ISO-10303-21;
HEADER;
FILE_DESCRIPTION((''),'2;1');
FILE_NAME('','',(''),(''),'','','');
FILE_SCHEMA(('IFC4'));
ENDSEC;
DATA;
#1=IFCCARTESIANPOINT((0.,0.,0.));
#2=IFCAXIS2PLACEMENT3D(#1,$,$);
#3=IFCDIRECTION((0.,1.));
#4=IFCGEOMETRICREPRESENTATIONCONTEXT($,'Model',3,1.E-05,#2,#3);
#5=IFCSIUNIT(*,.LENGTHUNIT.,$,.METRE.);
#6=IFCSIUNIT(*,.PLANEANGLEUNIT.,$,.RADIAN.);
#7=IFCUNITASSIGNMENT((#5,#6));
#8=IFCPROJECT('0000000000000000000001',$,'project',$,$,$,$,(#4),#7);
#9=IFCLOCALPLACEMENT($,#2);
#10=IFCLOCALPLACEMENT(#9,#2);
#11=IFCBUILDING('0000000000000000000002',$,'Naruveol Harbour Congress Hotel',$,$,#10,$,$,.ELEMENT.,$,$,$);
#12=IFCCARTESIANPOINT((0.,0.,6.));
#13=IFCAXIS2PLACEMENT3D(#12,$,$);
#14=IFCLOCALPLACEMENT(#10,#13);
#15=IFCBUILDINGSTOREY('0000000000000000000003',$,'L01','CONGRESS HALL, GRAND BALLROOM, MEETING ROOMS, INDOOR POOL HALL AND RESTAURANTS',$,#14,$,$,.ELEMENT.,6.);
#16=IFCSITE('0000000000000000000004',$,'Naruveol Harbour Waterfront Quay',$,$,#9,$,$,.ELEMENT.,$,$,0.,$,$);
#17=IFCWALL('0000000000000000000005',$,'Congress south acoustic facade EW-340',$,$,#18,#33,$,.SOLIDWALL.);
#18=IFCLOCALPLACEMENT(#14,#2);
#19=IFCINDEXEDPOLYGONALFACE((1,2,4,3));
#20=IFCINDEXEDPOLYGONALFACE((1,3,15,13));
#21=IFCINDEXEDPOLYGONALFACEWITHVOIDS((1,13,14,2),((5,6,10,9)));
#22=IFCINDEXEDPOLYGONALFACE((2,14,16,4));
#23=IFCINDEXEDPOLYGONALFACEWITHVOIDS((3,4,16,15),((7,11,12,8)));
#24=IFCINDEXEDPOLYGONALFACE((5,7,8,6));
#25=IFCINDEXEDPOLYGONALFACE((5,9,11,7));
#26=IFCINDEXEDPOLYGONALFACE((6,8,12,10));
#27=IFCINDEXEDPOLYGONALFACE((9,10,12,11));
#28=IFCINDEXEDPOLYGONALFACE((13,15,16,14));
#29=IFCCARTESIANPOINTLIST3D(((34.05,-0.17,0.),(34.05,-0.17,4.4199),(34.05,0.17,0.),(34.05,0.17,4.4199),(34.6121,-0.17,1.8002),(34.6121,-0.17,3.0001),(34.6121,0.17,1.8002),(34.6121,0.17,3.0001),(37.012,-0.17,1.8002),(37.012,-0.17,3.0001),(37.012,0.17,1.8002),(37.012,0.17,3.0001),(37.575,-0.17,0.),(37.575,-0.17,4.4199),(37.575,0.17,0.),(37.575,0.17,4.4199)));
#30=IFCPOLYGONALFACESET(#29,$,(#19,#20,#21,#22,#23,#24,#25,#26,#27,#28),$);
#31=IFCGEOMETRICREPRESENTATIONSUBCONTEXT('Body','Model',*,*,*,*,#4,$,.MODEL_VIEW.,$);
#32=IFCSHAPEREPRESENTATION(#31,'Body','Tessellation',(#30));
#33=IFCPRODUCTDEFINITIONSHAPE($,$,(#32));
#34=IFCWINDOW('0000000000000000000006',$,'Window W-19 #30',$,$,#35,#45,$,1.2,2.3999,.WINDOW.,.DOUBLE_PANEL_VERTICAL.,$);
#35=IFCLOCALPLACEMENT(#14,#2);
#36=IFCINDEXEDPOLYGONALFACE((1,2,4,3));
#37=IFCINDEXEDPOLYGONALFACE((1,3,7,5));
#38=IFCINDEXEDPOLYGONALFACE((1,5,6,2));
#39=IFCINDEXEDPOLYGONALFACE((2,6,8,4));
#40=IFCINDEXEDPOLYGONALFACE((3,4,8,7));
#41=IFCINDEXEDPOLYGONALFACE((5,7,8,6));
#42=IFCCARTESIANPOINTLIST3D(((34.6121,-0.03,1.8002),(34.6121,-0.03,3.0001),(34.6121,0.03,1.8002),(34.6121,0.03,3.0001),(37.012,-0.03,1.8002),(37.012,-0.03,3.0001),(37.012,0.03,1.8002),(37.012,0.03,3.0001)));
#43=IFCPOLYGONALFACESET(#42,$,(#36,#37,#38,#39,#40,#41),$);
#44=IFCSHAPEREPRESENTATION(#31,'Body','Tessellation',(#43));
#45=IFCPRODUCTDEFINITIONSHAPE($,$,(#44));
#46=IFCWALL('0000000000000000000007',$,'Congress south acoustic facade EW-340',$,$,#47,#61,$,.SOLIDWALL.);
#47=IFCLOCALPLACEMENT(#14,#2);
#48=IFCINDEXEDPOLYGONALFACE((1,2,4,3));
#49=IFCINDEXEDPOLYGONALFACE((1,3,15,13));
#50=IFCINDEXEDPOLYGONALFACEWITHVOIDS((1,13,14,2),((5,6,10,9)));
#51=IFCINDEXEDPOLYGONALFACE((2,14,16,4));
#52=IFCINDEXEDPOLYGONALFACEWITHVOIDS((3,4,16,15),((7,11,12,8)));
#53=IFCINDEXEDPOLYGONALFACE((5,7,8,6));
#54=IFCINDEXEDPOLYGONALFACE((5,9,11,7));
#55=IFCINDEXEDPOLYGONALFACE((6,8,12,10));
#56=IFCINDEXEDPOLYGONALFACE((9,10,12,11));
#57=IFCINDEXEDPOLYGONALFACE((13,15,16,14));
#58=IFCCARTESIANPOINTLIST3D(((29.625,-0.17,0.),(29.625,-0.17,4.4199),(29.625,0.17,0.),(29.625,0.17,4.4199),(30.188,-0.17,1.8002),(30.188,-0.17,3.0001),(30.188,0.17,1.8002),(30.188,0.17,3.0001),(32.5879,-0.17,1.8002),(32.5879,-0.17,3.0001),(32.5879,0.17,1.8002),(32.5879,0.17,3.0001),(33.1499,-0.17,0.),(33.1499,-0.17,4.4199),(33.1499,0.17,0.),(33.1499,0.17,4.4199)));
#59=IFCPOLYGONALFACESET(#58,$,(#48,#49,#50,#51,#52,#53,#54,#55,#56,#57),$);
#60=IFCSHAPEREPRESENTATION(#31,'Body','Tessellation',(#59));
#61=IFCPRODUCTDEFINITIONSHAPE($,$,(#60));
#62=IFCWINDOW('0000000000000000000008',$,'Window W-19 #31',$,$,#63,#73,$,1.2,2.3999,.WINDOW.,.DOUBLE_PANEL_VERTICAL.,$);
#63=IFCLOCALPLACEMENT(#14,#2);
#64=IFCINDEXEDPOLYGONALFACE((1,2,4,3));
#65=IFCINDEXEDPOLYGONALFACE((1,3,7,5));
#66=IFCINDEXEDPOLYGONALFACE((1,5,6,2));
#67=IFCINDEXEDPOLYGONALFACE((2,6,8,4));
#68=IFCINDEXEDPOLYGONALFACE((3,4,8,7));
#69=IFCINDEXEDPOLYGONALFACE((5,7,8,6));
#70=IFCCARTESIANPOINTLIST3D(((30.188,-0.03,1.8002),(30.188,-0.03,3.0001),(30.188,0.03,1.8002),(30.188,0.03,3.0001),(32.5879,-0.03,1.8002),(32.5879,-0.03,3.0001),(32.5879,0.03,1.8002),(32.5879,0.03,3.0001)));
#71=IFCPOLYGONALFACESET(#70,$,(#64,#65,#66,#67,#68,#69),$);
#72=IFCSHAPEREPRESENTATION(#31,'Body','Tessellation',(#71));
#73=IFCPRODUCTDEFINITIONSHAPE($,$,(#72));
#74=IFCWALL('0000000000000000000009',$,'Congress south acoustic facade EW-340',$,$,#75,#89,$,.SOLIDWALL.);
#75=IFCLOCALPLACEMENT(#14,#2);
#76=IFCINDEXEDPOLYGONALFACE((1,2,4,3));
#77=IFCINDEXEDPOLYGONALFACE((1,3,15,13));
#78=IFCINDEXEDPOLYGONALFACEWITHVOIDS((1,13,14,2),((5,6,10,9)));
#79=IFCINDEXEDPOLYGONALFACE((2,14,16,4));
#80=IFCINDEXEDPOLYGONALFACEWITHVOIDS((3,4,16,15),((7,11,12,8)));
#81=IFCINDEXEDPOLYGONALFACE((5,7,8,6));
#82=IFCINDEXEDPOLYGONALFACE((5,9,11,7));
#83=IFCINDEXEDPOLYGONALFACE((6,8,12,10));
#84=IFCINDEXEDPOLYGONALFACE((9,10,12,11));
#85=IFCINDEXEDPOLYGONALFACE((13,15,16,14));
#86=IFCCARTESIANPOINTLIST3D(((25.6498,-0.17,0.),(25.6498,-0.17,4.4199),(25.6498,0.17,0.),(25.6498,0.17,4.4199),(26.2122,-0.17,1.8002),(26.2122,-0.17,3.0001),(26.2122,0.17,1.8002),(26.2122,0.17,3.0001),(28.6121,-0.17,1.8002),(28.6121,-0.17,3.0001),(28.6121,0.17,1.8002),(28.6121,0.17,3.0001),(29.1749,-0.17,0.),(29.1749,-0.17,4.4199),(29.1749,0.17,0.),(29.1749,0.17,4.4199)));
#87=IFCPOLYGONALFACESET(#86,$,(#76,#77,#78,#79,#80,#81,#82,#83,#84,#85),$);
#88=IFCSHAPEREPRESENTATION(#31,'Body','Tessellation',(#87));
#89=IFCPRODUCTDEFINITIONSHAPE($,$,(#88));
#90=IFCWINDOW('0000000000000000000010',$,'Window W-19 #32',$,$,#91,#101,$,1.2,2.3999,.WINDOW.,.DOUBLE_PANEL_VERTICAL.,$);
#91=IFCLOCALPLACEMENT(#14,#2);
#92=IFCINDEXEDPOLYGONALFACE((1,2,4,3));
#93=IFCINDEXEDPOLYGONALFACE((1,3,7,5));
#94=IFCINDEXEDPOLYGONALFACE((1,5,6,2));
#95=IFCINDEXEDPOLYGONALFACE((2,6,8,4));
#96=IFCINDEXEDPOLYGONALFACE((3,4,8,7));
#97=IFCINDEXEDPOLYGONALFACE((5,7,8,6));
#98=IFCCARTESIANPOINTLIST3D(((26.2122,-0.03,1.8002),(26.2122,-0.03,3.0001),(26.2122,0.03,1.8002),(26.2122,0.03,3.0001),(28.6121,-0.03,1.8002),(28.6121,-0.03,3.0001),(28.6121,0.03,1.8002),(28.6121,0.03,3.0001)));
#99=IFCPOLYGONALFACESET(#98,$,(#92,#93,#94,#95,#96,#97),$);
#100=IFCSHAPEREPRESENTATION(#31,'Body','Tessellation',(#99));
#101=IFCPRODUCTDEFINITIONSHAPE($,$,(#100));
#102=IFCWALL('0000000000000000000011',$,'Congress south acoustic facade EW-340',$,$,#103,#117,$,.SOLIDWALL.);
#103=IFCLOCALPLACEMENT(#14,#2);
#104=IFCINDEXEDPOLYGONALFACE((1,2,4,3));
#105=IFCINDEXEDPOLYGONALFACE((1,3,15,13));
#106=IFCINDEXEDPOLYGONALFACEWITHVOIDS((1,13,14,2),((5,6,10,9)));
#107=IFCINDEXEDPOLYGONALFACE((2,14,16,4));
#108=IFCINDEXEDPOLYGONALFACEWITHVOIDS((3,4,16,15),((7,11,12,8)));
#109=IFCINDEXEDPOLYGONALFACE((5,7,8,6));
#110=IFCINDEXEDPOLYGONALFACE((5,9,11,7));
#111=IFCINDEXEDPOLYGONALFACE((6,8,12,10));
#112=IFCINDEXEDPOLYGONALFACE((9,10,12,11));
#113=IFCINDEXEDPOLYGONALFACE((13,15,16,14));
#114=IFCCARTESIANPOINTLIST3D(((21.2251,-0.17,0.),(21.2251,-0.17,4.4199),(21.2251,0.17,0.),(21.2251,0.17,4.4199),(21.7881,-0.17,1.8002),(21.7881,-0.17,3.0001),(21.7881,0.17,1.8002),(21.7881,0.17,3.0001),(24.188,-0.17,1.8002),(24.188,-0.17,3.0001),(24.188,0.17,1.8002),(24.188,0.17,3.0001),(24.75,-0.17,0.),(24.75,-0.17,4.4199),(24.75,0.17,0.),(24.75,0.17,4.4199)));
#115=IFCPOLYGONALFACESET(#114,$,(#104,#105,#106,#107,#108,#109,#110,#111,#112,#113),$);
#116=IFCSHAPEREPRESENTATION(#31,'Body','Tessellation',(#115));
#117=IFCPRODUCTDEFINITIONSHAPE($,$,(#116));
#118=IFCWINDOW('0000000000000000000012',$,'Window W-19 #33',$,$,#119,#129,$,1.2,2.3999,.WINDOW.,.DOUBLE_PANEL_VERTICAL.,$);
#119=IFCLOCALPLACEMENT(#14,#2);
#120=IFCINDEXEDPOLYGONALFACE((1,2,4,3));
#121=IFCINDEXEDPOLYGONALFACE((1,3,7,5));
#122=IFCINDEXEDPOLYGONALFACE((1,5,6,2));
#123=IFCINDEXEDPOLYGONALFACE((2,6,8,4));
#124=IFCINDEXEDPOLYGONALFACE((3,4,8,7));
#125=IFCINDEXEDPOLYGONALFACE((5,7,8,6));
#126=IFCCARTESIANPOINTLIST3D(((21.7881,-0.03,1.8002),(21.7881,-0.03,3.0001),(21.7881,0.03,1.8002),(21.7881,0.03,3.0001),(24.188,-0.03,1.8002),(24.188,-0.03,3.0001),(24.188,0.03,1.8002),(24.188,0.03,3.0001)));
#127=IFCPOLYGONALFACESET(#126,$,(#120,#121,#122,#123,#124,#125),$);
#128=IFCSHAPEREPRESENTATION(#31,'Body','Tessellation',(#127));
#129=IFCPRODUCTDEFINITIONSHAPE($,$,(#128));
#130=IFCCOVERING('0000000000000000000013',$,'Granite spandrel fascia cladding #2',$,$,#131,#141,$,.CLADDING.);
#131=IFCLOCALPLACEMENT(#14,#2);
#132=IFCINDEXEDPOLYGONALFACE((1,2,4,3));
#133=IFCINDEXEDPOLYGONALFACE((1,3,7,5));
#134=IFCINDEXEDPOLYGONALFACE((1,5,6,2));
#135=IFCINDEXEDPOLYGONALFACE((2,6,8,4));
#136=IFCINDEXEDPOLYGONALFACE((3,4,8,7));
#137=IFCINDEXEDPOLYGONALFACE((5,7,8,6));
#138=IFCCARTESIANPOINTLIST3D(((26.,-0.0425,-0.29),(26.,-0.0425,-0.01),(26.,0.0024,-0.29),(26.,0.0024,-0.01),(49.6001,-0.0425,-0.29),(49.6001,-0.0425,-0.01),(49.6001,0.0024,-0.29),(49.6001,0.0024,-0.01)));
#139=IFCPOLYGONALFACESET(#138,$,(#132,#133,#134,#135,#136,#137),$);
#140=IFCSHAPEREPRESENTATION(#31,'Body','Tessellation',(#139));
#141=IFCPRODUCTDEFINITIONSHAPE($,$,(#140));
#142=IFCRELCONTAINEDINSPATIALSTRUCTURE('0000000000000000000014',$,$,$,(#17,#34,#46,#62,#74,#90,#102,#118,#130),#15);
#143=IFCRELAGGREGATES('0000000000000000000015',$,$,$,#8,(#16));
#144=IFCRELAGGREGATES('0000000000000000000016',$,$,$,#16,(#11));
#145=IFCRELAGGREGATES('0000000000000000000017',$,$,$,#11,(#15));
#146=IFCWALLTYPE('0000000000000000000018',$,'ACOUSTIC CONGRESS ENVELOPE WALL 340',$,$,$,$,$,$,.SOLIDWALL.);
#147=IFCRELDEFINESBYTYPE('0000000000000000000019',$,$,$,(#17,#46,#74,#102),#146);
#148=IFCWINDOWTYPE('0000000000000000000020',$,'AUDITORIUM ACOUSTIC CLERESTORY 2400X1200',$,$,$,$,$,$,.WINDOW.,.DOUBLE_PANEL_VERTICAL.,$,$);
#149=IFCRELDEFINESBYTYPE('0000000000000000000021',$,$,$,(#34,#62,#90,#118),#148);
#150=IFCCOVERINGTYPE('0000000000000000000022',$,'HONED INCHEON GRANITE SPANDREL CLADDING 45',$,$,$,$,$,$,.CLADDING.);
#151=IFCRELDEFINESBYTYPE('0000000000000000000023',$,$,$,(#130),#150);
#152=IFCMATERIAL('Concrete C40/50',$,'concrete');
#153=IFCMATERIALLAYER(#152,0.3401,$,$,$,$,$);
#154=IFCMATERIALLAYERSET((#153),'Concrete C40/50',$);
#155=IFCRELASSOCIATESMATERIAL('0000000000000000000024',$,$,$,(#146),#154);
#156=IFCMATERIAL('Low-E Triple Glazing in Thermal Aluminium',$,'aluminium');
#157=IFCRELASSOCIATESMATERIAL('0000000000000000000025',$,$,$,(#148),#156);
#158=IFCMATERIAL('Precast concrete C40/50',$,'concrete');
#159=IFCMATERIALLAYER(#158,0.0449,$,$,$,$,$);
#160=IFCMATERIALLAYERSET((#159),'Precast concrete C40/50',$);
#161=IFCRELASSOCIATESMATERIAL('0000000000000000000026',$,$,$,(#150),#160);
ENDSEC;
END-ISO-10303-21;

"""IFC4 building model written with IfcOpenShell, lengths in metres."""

from ifc_helpers import new_model, si_unit, direction, frame, frame_2d, origin, origin_2d, place, context, subcontext, project, spatial, rectangle, extrude, material, layer, layer_set, type_object, element, fill, save


model = new_model("IFC4")

# Units and contexts
model_context = context("Model", 3, precision=1e-05, world=origin(), true_north=direction((0.0, 1.0)))
body_context = subcontext(model_context, "Body", "Model", "MODEL_VIEW")
ifc_project = project(units=[si_unit("LENGTHUNIT", "METRE"), si_unit("PLANEANGLEUNIT", "RADIAN")], contexts=[model_context])

# Site, building, storey
site_placement = place(None, origin())
site = spatial("IfcSite", under=ifc_project, at=site_placement, Name="Naruveol Harbour Waterfront Quay", CompositionType="ELEMENT", RefElevation=0.0)
building_placement = place(site_placement, origin())
building = spatial("IfcBuilding", under=site, at=building_placement, Name="Naruveol Harbour Congress Hotel", CompositionType="ELEMENT")
storey_placement = place(building_placement, frame((0.0, 0.0, 6.0)))
storey = spatial("IfcBuildingStorey", under=building, at=storey_placement, Name="L01", Description="CONGRESS HALL, GRAND BALLROOM, MEETING ROOMS, INDOOR POOL HALL AND RESTAURANTS", CompositionType="ELEMENT", Elevation=6.0)

# Walls, openings, windows
ifc_material_1 = material(Name="Concrete C40/50", Category="concrete")
ifc_layer_1 = layer(ifc_material_1, 0.3401)
ifc_layer_set_1 = layer_set([ifc_layer_1], Name="Concrete C40/50")
wall_type = type_object("IfcWallType", Name="ACOUSTIC CONGRESS ENVELOPE WALL 340", PredefinedType="SOLIDWALL", material=ifc_layer_set_1)
ifc_material_2 = material(Name="Low-E Triple Glazing in Thermal Aluminium", Category="aluminium")
window_type = type_object("IfcWindowType", Name="AUDITORIUM ACOUSTIC CLERESTORY 2400X1200", PartitioningType="DOUBLE_PANEL_VERTICAL", PredefinedType="WINDOW", material=ifc_material_2)
wall_1_placement = place(storey_placement, frame((37.575, 0.0, 0.0), z_axis=(0.0, 0.0, 1.0), x_axis=(-1.0, 0.0, 0.0)))
wall_1 = element("IfcWall", 1, at=wall_1_placement, inside=storey, type_object=wall_type, Name="Congress south acoustic facade EW-340", PredefinedType="SOLIDWALL", context=body_context, shape_type="SweptSolid", body=[
    extrude(rectangle(XDim=3.5249, YDim=0.3401, at=frame_2d((1.7625, 0.0))), origin(), (0.0, 0.0, 1.0), 4.4199),
])
opening_1_placement = place(wall_1_placement, frame((0.563, 0.0, 1.8)))
opening_1 = element("IfcOpeningElement", 2, at=opening_1_placement, cuts=wall_1, PredefinedType="OPENING", context=body_context, shape_type="SweptSolid", body=[
    extrude(rectangle(XDim=2.3999, YDim=1.2, at=frame_2d((1.2, 0.6001))), frame((0.0, 0.1799, 0.0), z_axis=(0.0, -1.0, 0.0), x_axis=(1.0, 0.0, 0.0)), (0.0, 0.0, 1.0), 0.3601),
])
window_1_placement = place(opening_1_placement, origin())
window_1 = element("IfcWindow", 3, at=window_1_placement, inside=storey, type_object=window_type, Name="Window W-19 #30", OverallHeight=1.2, OverallWidth=2.3999, PartitioningType="DOUBLE_PANEL_VERTICAL", PredefinedType="WINDOW", context=body_context, shape_type="SweptSolid", body=[
    extrude(rectangle(XDim=2.3999, YDim=1.2, at=frame_2d((1.2, 0.6001))), frame((0.0, 0.03, 0.0), z_axis=(0.0, -1.0, 0.0), x_axis=(1.0, 0.0, 0.0)), (0.0, 0.0, 1.0), 0.0601),
])
fill(opening_1, window_1)
wall_2_placement = place(storey_placement, frame((33.1499, 0.0, 0.0), z_axis=(0.0, 0.0, 1.0), x_axis=(-1.0, 0.0, 0.0)))
wall_2 = element("IfcWall", 4, at=wall_2_placement, inside=storey, type_object=wall_type, Name="Congress south acoustic facade EW-340", PredefinedType="SOLIDWALL", context=body_context, shape_type="SweptSolid", body=[
    extrude(rectangle(XDim=3.5249, YDim=0.3401, at=frame_2d((1.7625, 0.0))), origin(), (0.0, 0.0, 1.0), 4.4199),
])
opening_2_placement = place(wall_2_placement, frame((0.562, 0.0, 1.8)))
opening_2 = element("IfcOpeningElement", 5, at=opening_2_placement, cuts=wall_2, PredefinedType="OPENING", context=body_context, shape_type="SweptSolid", body=[
    extrude(rectangle(XDim=2.3999, YDim=1.2, at=frame_2d((1.2, 0.6001))), frame((0.0, 0.1799, 0.0), z_axis=(0.0, -1.0, 0.0), x_axis=(1.0, 0.0, 0.0)), (0.0, 0.0, 1.0), 0.3601),
])
window_2_placement = place(opening_2_placement, origin())
window_2 = element("IfcWindow", 6, at=window_2_placement, inside=storey, type_object=window_type, Name="Window W-19 #31", OverallHeight=1.2, OverallWidth=2.3999, PartitioningType="DOUBLE_PANEL_VERTICAL", PredefinedType="WINDOW", context=body_context, shape_type="SweptSolid", body=[
    extrude(rectangle(XDim=2.3999, YDim=1.2, at=frame_2d((1.2, 0.6001))), frame((0.0, 0.03, 0.0), z_axis=(0.0, -1.0, 0.0), x_axis=(1.0, 0.0, 0.0)), (0.0, 0.0, 1.0), 0.0601),
])
fill(opening_2, window_2)
wall_3_placement = place(storey_placement, frame((29.175, 0.0, 0.0), z_axis=(0.0, 0.0, 1.0), x_axis=(-1.0, 0.0, 0.0)))
wall_3 = element("IfcWall", 7, at=wall_3_placement, inside=storey, type_object=wall_type, Name="Congress south acoustic facade EW-340", PredefinedType="SOLIDWALL", context=body_context, shape_type="SweptSolid", body=[
    extrude(rectangle(XDim=3.5251, YDim=0.3401, at=frame_2d((1.7627, 0.0))), origin(), (0.0, 0.0, 1.0), 4.4199),
])
opening_3_placement = place(wall_3_placement, frame((0.563, 0.0, 1.8)))
opening_3 = element("IfcOpeningElement", 8, at=opening_3_placement, cuts=wall_3, PredefinedType="OPENING", context=body_context, shape_type="SweptSolid", body=[
    extrude(rectangle(XDim=2.3999, YDim=1.2, at=frame_2d((1.2, 0.6001))), frame((0.0, 0.1799, 0.0), z_axis=(0.0, -1.0, 0.0), x_axis=(1.0, 0.0, 0.0)), (0.0, 0.0, 1.0), 0.3601),
])
window_3_placement = place(opening_3_placement, origin())
window_3 = element("IfcWindow", 9, at=window_3_placement, inside=storey, type_object=window_type, Name="Window W-19 #32", OverallHeight=1.2, OverallWidth=2.3999, PartitioningType="DOUBLE_PANEL_VERTICAL", PredefinedType="WINDOW", context=body_context, shape_type="SweptSolid", body=[
    extrude(rectangle(XDim=2.3999, YDim=1.2, at=frame_2d((1.2, 0.6001))), frame((0.0, 0.03, 0.0), z_axis=(0.0, -1.0, 0.0), x_axis=(1.0, 0.0, 0.0)), (0.0, 0.0, 1.0), 0.0601),
])
fill(opening_3, window_3)
wall_4_placement = place(storey_placement, frame((24.75, 0.0, 0.0), z_axis=(0.0, 0.0, 1.0), x_axis=(-1.0, 0.0, 0.0)))
wall_4 = element("IfcWall", 10, at=wall_4_placement, inside=storey, type_object=wall_type, Name="Congress south acoustic facade EW-340", PredefinedType="SOLIDWALL", context=body_context, shape_type="SweptSolid", body=[
    extrude(rectangle(XDim=3.5249, YDim=0.3401, at=frame_2d((1.7625, 0.0))), origin(), (0.0, 0.0, 1.0), 4.4199),
])
opening_4_placement = place(wall_4_placement, frame((0.562, 0.0, 1.8)))
opening_4 = element("IfcOpeningElement", 11, at=opening_4_placement, cuts=wall_4, PredefinedType="OPENING", context=body_context, shape_type="SweptSolid", body=[
    extrude(rectangle(XDim=2.3999, YDim=1.2, at=frame_2d((1.2, 0.6001))), frame((0.0, 0.1799, 0.0), z_axis=(0.0, -1.0, 0.0), x_axis=(1.0, 0.0, 0.0)), (0.0, 0.0, 1.0), 0.3601),
])
window_4_placement = place(opening_4_placement, origin())
window_4 = element("IfcWindow", 12, at=window_4_placement, inside=storey, type_object=window_type, Name="Window W-19 #33", OverallHeight=1.2, OverallWidth=2.3999, PartitioningType="DOUBLE_PANEL_VERTICAL", PredefinedType="WINDOW", context=body_context, shape_type="SweptSolid", body=[
    extrude(rectangle(XDim=2.3999, YDim=1.2, at=frame_2d((1.2, 0.6001))), frame((0.0, 0.03, 0.0), z_axis=(0.0, -1.0, 0.0), x_axis=(1.0, 0.0, 0.0)), (0.0, 0.0, 1.0), 0.0601),
])
fill(opening_4, window_4)

# Covering
ifc_material_3 = material(Name="Precast concrete C40/50", Category="concrete")
ifc_layer_2 = layer(ifc_material_3, 0.0449)
ifc_layer_set_2 = layer_set([ifc_layer_2], Name="Precast concrete C40/50")
covering_type = type_object("IfcCoveringType", Name="HONED INCHEON GRANITE SPANDREL CLADDING 45", PredefinedType="CLADDING", material=ifc_layer_set_2)
covering_placement = place(storey_placement, frame((37.8, -0.02, -0.29), z_axis=(0.0, 0.0, 1.0), x_axis=(1.0, 0.0, 0.0)))
element("IfcCovering", 13, at=covering_placement, inside=storey, type_object=covering_type, Name="Granite spandrel fascia cladding #2", PredefinedType="CLADDING", context=body_context, shape_type="SweptSolid", body=[
    extrude(rectangle(XDim=23.6001, YDim=0.0449, at=origin_2d()), origin(), (0.0, 0.0, 1.0), 0.28),
])

save(model, "model.ifc")
